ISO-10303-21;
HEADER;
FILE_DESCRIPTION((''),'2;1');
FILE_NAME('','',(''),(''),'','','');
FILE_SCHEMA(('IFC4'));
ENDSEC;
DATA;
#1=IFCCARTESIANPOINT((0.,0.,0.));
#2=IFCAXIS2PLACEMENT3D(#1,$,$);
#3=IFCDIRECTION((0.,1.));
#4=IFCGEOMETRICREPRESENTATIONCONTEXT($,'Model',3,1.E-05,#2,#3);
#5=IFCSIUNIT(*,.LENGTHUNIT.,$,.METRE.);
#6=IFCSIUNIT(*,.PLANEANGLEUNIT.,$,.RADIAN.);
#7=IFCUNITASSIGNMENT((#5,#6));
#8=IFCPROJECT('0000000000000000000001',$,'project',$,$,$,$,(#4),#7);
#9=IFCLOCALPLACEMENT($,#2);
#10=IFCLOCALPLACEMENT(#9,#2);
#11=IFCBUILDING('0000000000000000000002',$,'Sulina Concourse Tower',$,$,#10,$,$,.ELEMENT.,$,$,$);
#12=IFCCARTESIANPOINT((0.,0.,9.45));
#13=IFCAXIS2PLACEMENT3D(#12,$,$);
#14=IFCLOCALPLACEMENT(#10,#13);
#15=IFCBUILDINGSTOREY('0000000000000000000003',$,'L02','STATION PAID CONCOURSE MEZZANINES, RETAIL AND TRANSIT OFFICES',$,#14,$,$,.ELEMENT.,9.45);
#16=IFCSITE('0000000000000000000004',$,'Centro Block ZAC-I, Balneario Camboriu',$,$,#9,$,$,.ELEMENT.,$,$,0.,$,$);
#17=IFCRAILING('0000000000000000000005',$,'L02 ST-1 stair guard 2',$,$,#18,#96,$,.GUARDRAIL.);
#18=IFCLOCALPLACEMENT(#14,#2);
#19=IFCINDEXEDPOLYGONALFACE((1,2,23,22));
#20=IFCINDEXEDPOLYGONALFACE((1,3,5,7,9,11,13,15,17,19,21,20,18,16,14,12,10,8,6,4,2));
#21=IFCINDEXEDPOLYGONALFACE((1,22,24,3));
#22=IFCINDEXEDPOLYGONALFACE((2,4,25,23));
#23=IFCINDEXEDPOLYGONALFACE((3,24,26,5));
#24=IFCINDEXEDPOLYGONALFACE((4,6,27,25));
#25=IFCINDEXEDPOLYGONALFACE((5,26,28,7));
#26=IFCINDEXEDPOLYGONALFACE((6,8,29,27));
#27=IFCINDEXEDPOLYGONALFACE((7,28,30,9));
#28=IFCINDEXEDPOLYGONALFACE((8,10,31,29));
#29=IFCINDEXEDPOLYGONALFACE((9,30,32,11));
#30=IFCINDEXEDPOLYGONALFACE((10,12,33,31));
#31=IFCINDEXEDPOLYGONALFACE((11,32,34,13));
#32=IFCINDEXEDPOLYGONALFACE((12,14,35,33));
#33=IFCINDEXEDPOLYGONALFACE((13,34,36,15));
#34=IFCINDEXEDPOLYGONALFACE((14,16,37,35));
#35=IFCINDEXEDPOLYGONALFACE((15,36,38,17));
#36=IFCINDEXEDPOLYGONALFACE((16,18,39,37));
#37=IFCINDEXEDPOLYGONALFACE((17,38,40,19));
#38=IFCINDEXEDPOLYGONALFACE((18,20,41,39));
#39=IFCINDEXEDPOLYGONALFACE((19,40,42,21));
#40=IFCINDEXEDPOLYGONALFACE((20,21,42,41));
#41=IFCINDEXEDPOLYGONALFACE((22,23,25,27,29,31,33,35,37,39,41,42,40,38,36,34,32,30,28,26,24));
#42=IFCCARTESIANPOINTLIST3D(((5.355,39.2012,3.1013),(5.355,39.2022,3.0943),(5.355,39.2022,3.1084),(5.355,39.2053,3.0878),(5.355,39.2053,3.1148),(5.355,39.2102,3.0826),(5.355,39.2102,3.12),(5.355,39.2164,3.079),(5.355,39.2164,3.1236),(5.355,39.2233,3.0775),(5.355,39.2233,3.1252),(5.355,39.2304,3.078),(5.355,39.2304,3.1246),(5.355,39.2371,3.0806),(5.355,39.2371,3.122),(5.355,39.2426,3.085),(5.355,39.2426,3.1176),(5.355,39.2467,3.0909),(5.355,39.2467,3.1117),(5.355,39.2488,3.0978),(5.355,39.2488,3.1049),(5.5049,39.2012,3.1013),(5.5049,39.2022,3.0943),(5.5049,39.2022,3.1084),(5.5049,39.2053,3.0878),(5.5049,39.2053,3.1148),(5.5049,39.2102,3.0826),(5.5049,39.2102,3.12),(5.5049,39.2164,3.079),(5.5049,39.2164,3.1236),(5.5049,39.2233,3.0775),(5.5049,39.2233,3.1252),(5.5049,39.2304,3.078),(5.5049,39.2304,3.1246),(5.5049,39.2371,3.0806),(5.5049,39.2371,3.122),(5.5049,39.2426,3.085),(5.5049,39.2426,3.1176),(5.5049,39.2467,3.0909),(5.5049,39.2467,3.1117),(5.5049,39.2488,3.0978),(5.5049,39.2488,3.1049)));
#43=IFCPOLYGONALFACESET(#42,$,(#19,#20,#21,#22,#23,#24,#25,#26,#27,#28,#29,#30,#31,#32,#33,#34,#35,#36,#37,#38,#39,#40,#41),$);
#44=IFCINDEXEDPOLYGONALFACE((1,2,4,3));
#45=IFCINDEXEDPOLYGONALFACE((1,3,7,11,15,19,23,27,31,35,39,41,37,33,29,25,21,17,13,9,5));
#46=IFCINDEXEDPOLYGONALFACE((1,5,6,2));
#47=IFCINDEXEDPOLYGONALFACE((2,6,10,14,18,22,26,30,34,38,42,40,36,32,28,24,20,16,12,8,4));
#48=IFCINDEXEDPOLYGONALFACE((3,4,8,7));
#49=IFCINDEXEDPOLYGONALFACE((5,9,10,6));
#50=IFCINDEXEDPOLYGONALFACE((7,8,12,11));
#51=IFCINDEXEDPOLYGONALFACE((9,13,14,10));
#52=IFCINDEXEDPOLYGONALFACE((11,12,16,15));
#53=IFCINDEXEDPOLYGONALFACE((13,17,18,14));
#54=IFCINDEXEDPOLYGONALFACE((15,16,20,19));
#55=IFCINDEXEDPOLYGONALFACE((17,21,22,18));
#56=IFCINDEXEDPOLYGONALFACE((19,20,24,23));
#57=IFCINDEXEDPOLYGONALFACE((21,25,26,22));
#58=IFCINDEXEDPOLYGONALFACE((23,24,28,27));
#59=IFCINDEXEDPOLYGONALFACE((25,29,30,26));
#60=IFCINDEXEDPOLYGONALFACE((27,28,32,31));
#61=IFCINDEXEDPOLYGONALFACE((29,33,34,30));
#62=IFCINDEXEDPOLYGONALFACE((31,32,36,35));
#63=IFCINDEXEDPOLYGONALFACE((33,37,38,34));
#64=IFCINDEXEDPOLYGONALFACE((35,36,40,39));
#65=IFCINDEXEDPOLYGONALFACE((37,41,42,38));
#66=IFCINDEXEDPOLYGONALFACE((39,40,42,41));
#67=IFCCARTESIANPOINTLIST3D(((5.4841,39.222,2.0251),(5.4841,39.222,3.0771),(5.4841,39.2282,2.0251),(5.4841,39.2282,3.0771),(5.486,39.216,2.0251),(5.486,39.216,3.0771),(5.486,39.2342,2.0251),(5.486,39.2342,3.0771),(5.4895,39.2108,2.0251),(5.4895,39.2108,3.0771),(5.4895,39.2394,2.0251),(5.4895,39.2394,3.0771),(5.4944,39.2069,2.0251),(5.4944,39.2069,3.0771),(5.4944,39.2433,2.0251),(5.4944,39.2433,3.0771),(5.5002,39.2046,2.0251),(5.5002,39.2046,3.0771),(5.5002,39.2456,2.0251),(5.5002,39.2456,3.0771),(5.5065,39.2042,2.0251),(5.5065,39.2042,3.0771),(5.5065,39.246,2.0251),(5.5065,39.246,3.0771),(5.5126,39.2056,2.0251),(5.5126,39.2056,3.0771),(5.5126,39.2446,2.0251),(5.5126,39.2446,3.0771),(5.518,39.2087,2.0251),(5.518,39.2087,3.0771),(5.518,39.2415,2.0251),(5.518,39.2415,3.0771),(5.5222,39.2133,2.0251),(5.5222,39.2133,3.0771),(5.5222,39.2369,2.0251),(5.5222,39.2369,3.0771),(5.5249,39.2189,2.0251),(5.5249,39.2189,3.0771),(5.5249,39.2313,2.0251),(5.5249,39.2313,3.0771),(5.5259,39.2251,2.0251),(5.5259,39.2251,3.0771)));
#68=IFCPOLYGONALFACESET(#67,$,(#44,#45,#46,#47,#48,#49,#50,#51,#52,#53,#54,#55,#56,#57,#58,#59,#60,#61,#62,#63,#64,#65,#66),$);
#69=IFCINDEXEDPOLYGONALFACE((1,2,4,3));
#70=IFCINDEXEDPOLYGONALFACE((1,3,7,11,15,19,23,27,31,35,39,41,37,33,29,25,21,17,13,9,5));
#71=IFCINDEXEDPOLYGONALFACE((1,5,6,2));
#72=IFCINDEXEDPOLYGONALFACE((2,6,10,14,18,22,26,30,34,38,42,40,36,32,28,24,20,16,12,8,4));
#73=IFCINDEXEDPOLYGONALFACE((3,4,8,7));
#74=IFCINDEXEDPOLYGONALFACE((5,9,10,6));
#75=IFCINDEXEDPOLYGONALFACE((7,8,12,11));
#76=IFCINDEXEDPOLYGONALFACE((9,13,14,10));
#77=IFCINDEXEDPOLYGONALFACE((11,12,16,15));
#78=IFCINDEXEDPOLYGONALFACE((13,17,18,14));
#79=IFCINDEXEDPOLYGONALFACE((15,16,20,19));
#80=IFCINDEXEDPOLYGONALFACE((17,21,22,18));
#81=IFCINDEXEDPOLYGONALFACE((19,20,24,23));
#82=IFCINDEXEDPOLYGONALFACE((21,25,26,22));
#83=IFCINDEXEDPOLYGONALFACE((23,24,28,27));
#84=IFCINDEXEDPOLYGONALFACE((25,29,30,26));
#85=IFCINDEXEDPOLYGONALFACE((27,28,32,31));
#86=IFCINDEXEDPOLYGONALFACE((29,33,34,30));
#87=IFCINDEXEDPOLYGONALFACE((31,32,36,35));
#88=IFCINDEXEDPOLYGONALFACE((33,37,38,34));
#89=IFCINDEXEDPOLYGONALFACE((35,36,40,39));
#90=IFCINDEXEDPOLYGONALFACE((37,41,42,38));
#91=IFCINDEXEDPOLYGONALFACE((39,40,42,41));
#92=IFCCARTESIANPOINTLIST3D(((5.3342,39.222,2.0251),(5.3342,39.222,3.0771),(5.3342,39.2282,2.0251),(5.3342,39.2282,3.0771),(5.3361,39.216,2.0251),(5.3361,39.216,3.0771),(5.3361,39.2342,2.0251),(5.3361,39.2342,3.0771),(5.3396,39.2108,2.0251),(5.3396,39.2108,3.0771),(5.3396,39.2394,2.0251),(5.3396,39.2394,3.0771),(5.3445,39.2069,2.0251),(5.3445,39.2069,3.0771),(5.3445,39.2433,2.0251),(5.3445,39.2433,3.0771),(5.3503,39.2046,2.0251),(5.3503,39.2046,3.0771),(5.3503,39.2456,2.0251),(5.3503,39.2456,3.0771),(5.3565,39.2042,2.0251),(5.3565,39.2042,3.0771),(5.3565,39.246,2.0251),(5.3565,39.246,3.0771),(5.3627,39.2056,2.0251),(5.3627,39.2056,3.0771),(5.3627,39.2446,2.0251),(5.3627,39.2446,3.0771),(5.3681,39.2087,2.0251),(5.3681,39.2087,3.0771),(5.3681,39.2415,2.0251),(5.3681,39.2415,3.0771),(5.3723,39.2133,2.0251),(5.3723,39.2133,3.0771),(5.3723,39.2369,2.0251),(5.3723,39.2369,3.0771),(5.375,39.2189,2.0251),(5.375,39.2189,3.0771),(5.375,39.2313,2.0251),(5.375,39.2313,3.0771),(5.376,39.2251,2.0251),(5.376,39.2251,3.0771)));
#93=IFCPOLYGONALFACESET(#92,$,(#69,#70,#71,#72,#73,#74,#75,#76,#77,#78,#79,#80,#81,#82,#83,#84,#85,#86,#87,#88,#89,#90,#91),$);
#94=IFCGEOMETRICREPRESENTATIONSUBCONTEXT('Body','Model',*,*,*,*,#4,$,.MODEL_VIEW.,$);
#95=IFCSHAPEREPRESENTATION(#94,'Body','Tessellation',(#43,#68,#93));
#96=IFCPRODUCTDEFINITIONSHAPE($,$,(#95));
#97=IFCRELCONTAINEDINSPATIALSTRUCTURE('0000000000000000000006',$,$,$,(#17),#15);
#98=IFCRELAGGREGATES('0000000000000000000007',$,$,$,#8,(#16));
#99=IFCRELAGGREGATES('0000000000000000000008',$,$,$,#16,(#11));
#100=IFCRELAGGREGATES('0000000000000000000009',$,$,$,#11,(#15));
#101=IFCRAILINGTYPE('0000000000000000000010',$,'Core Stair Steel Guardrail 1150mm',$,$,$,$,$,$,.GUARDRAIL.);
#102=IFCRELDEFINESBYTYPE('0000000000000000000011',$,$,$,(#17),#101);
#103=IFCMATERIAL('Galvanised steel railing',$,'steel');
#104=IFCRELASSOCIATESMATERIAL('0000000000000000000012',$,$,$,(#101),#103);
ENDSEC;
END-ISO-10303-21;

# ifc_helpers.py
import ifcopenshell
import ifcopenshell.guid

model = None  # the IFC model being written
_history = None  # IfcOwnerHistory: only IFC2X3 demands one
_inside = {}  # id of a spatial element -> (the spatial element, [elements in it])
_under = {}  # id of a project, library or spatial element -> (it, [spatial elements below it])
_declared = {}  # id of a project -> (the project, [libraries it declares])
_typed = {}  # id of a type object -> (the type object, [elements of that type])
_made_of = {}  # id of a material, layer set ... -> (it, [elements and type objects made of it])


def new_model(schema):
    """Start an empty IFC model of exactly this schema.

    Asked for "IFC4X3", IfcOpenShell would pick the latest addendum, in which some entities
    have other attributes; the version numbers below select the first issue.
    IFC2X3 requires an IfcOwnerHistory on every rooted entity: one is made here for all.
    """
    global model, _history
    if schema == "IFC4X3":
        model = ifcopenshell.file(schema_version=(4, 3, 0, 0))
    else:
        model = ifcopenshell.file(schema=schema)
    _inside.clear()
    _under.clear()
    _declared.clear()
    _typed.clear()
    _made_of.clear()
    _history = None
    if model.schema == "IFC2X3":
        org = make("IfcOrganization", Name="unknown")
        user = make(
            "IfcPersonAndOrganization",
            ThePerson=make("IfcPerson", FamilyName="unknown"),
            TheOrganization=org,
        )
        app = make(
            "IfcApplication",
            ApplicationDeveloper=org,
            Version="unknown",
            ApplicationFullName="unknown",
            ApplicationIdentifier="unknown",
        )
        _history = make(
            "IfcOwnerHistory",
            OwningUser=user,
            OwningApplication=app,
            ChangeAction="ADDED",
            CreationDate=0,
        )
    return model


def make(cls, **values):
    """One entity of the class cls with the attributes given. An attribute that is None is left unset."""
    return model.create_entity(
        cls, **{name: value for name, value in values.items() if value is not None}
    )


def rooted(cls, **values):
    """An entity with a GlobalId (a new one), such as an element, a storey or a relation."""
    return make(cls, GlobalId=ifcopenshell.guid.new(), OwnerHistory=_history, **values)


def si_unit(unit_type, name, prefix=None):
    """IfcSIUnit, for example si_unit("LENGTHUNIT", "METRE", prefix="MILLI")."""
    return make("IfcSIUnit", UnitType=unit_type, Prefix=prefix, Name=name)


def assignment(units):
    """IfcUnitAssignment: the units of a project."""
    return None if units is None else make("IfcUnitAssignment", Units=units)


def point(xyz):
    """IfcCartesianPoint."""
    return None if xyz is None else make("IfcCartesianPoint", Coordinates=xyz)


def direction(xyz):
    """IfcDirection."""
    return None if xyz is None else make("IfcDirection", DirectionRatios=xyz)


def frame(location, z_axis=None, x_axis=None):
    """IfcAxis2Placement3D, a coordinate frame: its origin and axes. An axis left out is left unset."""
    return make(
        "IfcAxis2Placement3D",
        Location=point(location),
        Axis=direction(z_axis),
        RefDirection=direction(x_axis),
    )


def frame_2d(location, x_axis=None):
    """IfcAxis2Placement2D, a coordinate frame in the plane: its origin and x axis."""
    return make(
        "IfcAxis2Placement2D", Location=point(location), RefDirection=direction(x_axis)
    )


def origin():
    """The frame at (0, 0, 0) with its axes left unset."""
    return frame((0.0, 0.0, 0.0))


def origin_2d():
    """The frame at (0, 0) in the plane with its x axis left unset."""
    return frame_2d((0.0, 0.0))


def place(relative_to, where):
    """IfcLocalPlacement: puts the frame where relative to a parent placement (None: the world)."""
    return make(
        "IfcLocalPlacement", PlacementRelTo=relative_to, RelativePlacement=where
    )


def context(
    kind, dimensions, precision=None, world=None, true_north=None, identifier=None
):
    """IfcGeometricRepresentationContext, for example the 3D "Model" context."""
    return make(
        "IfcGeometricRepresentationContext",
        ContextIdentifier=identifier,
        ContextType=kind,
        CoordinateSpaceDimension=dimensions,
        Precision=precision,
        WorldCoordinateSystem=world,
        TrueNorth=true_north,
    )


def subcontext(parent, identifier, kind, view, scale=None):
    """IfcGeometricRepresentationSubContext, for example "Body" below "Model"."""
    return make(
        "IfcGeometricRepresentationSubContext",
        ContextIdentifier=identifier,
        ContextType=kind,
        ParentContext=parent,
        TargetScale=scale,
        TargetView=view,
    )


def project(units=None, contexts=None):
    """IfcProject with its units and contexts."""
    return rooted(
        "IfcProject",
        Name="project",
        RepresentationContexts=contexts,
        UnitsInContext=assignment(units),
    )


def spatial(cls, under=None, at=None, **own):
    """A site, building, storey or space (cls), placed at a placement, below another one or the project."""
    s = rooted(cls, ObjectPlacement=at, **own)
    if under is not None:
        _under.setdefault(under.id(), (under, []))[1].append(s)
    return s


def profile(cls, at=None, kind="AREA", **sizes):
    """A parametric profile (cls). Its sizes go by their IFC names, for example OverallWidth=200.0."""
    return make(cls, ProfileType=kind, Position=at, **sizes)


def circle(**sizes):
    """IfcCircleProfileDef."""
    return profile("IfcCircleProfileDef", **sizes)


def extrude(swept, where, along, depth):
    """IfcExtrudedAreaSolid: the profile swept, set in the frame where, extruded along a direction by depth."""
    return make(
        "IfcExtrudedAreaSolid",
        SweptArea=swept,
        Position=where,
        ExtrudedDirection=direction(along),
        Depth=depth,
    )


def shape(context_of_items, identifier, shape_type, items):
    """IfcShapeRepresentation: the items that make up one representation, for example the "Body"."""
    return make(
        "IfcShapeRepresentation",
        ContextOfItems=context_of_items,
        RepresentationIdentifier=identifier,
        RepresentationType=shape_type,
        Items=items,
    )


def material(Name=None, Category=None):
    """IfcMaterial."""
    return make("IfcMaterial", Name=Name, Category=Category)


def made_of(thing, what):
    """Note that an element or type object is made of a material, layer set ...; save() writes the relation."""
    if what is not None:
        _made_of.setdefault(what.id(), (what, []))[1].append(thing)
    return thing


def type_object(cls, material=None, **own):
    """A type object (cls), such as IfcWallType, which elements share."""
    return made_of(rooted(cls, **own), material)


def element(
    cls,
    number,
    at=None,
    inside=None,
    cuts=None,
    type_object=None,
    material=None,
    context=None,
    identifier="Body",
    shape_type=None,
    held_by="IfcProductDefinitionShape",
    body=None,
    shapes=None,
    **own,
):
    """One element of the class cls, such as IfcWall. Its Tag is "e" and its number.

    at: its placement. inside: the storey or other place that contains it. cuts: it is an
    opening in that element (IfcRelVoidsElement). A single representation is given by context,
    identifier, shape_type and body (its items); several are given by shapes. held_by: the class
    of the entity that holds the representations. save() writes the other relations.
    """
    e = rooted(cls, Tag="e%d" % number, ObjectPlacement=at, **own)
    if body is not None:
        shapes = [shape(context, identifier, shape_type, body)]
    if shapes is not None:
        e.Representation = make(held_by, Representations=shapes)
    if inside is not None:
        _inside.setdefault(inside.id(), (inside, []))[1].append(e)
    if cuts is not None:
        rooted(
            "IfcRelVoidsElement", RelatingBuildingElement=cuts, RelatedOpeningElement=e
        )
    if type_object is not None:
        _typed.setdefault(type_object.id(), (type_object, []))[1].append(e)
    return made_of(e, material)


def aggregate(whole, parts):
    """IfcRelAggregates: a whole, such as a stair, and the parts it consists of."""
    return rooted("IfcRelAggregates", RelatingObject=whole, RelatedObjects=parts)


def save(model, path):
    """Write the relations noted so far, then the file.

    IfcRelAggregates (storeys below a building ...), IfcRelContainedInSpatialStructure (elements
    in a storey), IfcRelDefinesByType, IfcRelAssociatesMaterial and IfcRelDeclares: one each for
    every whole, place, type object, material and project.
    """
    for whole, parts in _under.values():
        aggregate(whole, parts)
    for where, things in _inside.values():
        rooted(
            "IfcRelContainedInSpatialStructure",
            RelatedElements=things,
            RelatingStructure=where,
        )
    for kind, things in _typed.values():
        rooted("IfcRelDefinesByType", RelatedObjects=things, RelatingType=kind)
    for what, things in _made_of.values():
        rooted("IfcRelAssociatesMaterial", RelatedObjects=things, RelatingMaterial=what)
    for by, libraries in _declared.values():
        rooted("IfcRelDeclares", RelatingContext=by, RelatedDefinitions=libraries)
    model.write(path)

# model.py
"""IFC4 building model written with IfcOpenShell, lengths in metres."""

from ifc_helpers import new_model, si_unit, direction, frame, origin, origin_2d, place, context, subcontext, project, spatial, circle, extrude, material, type_object, element, save


model = new_model("IFC4")

# Units and contexts
model_context = context("Model", 3, precision=1e-05, world=origin(), true_north=direction((0.0, 1.0)))
body_context = subcontext(model_context, "Body", "Model", "MODEL_VIEW")
ifc_project = project(units=[si_unit("LENGTHUNIT", "METRE"), si_unit("PLANEANGLEUNIT", "RADIAN")], contexts=[model_context])

# Site, building, storey
site_placement = place(None, origin())
site = spatial("IfcSite", under=ifc_project, at=site_placement, Name="Centro Block ZAC-I, Balneario Camboriu", CompositionType="ELEMENT", RefElevation=0.0)
building_placement = place(site_placement, origin())
building = spatial("IfcBuilding", under=site, at=building_placement, Name="Sulina Concourse Tower", CompositionType="ELEMENT")
storey_placement = place(building_placement, frame((0.0, 0.0, 9.45)))
storey = spatial("IfcBuildingStorey", under=building, at=storey_placement, Name="L02", Description="STATION PAID CONCOURSE MEZZANINES, RETAIL AND TRANSIT OFFICES", CompositionType="ELEMENT", Elevation=9.45)

# Railing
ifc_material_1 = material(Name="Galvanised steel railing", Category="steel")
railing_type_1 = type_object("IfcRailingType", Name="Core Stair Steel Guardrail 1150mm", PredefinedType="GUARDRAIL", material=ifc_material_1)
railing_1_placement = place(storey_placement, frame((5.5049, 39.2251, 2.0251)))
element("IfcRailing", 1, at=railing_1_placement, inside=storey, type_object=railing_type_1, Name="L02 ST-1 stair guard 2", PredefinedType="GUARDRAIL", context=body_context, shape_type="SweptSolid", body=[
    extrude(circle(Radius=0.0239, at=origin_2d()), frame((0.0, 0.0, 1.0762), z_axis=(-1.0, 0.0, 0.0), x_axis=(0.0, -1.0, 0.0)), (0.0, 0.0, 1.0), 0.1499),
    extrude(circle(Radius=0.021, at=origin_2d()), origin(), (0.0, 0.0, 1.0), 1.052),
    extrude(circle(Radius=0.021, at=origin_2d()), frame((-0.1499, 0.0, 0.0)), (0.0, 0.0, 1.0), 1.052),
])

save(model, "model.ifc")
